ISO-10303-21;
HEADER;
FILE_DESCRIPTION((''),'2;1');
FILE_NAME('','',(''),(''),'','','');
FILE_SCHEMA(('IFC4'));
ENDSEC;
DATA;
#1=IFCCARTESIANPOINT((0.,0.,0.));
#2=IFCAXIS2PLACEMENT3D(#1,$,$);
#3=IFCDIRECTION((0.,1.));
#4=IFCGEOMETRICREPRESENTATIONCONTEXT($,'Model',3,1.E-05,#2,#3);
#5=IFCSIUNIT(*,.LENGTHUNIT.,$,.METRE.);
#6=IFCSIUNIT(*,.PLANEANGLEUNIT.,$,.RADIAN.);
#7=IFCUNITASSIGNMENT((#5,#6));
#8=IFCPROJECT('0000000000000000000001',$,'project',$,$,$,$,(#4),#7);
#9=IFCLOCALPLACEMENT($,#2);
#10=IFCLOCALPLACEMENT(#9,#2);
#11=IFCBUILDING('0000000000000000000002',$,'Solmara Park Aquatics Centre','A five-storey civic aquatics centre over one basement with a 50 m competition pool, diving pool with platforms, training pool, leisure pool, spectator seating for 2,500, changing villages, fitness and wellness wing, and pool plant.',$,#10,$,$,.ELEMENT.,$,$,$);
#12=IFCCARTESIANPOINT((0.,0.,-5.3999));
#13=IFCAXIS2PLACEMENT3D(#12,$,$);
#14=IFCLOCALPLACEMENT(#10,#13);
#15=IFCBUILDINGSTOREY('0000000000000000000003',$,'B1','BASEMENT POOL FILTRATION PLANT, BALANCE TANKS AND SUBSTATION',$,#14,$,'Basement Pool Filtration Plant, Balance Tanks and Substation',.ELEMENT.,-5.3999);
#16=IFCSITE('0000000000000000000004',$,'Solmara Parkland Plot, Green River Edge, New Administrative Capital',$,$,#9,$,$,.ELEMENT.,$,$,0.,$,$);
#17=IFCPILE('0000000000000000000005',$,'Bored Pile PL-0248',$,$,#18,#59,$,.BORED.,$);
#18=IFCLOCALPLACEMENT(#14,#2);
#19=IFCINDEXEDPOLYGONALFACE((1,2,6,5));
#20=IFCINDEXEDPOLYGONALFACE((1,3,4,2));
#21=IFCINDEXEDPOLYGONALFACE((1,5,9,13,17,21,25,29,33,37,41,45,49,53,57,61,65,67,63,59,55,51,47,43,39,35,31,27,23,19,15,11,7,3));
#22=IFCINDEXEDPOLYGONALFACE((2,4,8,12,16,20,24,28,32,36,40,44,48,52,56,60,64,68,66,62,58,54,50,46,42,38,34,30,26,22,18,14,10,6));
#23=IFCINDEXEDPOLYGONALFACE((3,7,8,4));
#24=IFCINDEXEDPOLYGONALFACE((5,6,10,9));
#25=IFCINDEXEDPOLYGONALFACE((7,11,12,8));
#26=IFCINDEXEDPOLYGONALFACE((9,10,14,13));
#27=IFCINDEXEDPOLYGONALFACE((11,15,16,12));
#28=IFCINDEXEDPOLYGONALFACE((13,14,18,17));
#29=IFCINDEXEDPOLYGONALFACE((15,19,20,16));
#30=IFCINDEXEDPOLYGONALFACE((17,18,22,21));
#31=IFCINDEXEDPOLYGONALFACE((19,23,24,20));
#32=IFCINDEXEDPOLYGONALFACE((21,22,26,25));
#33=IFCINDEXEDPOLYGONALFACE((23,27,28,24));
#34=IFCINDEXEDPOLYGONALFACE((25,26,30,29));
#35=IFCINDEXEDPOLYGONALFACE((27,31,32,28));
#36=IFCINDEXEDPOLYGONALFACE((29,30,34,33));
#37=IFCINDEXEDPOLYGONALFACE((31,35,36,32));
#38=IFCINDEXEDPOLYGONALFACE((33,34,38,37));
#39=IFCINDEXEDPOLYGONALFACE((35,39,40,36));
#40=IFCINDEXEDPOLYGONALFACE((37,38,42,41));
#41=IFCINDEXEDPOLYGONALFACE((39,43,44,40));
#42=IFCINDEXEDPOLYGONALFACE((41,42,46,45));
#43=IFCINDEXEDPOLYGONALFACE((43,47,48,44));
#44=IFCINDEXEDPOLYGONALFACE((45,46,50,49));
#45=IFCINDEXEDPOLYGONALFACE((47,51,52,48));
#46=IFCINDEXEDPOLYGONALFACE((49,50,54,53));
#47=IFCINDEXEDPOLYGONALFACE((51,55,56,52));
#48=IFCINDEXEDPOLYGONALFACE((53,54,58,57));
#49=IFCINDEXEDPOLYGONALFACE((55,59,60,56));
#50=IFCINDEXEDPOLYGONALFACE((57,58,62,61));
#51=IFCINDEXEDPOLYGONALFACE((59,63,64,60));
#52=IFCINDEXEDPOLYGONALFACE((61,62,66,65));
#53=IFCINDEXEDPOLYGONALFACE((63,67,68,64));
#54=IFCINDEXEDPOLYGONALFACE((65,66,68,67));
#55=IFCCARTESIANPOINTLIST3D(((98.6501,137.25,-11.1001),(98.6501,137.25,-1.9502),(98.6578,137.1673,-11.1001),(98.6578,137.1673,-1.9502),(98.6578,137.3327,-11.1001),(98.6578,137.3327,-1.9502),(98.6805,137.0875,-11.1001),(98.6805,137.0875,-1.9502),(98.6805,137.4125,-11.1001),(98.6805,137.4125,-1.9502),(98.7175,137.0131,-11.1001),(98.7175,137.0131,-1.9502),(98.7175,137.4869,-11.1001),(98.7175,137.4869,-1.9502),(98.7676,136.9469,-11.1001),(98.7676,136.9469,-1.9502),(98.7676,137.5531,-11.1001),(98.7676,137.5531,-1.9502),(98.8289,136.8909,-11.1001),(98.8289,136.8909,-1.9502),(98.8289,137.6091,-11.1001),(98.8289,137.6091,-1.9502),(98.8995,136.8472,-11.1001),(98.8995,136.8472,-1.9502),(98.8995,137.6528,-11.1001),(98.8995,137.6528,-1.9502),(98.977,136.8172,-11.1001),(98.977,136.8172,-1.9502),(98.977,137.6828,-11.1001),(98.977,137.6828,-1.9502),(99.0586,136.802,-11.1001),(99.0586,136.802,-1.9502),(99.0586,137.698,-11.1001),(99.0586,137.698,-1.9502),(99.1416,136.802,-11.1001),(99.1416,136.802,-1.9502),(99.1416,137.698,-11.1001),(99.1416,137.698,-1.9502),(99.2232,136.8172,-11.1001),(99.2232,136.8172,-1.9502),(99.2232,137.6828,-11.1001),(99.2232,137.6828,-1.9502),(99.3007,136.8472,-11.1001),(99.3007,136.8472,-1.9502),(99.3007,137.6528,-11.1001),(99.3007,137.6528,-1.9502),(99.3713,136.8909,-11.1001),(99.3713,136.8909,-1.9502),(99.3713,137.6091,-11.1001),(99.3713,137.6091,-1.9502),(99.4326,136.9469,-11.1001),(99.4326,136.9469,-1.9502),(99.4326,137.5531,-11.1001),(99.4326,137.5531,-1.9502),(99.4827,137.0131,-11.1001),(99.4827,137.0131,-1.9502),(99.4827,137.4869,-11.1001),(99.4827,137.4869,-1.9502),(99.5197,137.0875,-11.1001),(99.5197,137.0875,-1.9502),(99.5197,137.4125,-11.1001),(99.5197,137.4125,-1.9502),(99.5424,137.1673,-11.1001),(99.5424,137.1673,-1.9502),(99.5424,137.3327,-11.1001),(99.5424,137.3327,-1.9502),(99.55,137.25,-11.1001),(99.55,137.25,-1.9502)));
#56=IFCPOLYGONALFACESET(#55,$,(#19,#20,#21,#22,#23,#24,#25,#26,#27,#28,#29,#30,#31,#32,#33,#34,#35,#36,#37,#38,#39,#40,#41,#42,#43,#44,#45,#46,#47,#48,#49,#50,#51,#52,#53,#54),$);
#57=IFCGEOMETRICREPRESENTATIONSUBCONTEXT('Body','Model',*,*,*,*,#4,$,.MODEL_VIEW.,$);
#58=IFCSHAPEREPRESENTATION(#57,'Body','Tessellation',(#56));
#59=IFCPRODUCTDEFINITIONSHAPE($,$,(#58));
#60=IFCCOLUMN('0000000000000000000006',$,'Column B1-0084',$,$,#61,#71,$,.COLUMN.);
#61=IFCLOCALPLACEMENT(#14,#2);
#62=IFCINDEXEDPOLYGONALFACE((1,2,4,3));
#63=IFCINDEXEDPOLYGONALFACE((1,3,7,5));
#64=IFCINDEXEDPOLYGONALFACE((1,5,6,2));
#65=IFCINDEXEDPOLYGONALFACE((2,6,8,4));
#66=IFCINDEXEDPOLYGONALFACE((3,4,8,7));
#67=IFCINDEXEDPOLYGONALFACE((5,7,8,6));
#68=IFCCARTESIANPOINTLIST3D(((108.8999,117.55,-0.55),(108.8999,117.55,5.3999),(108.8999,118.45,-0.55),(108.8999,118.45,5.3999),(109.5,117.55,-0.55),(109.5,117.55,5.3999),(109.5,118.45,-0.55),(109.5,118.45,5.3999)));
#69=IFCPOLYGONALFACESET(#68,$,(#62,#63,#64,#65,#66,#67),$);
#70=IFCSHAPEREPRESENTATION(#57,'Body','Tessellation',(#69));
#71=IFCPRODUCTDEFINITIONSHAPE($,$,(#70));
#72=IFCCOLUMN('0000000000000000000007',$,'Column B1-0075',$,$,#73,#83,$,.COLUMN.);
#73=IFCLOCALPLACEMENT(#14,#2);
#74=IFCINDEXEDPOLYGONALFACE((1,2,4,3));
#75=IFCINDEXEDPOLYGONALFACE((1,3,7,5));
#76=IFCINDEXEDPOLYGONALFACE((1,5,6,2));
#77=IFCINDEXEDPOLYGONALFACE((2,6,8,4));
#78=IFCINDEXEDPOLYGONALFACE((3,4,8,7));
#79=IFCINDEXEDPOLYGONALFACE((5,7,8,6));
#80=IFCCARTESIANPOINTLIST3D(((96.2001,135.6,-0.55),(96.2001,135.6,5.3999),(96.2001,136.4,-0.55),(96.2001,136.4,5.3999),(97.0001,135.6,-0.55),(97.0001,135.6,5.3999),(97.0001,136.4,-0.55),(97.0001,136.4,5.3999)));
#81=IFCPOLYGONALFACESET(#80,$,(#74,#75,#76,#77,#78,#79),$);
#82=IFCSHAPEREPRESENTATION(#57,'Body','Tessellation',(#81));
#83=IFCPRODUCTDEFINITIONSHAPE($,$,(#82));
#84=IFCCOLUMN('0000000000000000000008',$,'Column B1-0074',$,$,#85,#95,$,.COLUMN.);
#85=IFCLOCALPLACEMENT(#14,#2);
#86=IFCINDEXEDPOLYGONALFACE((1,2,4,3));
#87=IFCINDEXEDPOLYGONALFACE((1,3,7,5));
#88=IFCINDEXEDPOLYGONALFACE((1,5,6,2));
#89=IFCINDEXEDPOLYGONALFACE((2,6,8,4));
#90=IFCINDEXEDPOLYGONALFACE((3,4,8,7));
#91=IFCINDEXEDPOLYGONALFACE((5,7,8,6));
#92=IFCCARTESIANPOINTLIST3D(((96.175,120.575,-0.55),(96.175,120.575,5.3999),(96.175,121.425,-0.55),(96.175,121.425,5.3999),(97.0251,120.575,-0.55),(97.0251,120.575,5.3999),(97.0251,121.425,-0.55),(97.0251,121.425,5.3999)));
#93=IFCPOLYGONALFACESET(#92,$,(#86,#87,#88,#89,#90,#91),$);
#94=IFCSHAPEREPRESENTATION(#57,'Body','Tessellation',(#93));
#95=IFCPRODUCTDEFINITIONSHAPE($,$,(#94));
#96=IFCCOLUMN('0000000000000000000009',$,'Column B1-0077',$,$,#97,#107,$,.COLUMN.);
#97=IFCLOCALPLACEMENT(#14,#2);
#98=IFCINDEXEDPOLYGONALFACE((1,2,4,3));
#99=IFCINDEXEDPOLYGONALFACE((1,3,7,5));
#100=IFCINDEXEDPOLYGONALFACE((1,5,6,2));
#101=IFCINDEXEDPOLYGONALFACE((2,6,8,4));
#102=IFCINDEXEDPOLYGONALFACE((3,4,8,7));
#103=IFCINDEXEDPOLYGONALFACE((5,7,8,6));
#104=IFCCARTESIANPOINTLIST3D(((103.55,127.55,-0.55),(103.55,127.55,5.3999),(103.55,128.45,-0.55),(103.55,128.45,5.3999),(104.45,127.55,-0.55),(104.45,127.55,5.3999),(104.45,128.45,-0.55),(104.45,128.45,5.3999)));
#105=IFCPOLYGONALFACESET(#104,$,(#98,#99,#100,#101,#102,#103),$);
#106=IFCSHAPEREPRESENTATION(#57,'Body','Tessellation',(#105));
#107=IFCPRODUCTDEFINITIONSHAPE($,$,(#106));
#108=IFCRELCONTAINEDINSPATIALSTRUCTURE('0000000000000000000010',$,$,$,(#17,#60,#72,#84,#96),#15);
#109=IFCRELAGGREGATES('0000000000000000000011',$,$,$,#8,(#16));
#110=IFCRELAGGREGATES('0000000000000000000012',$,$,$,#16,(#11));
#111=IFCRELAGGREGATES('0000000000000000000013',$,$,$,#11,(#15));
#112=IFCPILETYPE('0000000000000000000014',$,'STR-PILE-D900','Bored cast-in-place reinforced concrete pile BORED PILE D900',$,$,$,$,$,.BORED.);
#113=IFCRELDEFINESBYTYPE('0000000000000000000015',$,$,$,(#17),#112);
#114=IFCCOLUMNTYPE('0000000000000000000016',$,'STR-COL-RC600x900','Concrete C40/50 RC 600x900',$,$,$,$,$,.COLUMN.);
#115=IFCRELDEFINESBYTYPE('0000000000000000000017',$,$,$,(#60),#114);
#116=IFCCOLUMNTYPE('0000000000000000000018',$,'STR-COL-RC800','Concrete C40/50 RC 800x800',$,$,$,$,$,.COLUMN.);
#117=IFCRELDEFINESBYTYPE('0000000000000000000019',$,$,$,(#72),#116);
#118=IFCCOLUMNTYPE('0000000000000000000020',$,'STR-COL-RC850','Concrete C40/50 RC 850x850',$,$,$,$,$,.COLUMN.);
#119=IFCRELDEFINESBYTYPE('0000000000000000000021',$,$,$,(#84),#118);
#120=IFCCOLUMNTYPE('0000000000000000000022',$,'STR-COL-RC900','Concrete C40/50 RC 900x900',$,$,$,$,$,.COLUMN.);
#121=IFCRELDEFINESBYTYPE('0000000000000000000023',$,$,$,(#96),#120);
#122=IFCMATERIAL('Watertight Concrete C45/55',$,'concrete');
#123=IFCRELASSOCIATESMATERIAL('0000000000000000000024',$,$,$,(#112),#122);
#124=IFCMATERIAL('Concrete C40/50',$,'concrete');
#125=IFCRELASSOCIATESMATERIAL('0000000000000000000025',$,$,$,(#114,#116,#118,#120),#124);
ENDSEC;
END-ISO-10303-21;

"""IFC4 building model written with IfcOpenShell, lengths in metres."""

from ifc_helpers import new_model, si_unit, direction, frame, origin, origin_2d, place, context, subcontext, project, spatial, rectangle, circle, extrude, material, material_profile, profile_set, type_object, element, save


model = new_model("IFC4")

# Units and contexts
model_context = context("Model", 3, precision=1e-05, world=origin(), true_north=direction((0.0, 1.0)))
body_context = subcontext(model_context, "Body", "Model", "MODEL_VIEW")
ifc_project = project(units=[si_unit("LENGTHUNIT", "METRE"), si_unit("PLANEANGLEUNIT", "RADIAN")], contexts=[model_context])

# Site, building, storey
site_placement = place(None, origin())
site = spatial("IfcSite", under=ifc_project, at=site_placement, Name="Solmara Parkland Plot, Green River Edge, New Administrative Capital", CompositionType="ELEMENT", RefElevation=0.0)
building_placement = place(site_placement, origin())
building = spatial("IfcBuilding", under=site, at=building_placement, Name="Solmara Park Aquatics Centre", Description="A five-storey civic aquatics centre over one basement with a 50 m competition pool, diving pool with platforms, training pool, leisure pool, spectator seating for 2,500, changing villages, fitness and wellness wing, and pool plant.", CompositionType="ELEMENT")
storey_placement = place(building_placement, frame((0.0, 0.0, -5.3999)))
storey = spatial("IfcBuildingStorey", under=building, at=storey_placement, Name="B1", Description="BASEMENT POOL FILTRATION PLANT, BALANCE TANKS AND SUBSTATION", LongName="Basement Pool Filtration Plant, Balance Tanks and Substation", CompositionType="ELEMENT", Elevation=-5.3999)

# Shared definitions
ifc_material_1 = material(Name="Watertight Concrete C45/55", Category="concrete")

# Pile
ifc_material_profile_1 = material_profile(ifc_material_1, circle(Radius=0.45, at=origin_2d()), Name="BORED PILE D900")
ifc_profile_set_1 = profile_set([ifc_material_profile_1], Name="Watertight Concrete C45/55")
pile_type_1 = type_object("IfcPileType", Name="STR-PILE-D900", Description="Bored cast-in-place reinforced concrete pile BORED PILE D900", PredefinedType="BORED", material=ifc_profile_set_1)
for number, where, z_axis, x_axis, name in (
    (1, (99.1001, 137.25, -1.9502), (0.0, 0.0, -1.0), (1.0, 0.0, 0.0), "Bored Pile PL-0248"),
):
    element("IfcPile", number, at=place(storey_placement, frame(where, z_axis=z_axis, x_axis=x_axis)), inside=storey, type_object=pile_type_1, Name=name, PredefinedType="BORED", context=body_context, shape_type="SweptSolid", body=[
        extrude(circle(Radius=0.45, at=origin_2d()), origin(), (0.0, 0.0, 1.0), 9.1499),
    ])

# Columns
ifc_material_2 = material(Name="Concrete C40/50", Category="concrete")
ifc_material_profile_2 = material_profile(ifc_material_2, rectangle(XDim=0.6001, YDim=0.8999, at=origin_2d()), Name="RC 600x900")
ifc_profile_set_2 = profile_set([ifc_material_profile_2], Name="Concrete C40/50")
column_type_1 = type_object("IfcColumnType", Name="STR-COL-RC600x900", Description="Concrete C40/50 RC 600x900", PredefinedType="COLUMN", material=ifc_profile_set_2)
column_1_placement = place(storey_placement, frame((109.2, 118.0, -0.55), z_axis=(0.0, 0.0, 1.0), x_axis=(1.0, 0.0, 0.0)))
element("IfcColumn", 2, at=column_1_placement, inside=storey, type_object=column_type_1, Name="Column B1-0084", PredefinedType="COLUMN", context=body_context, shape_type="SweptSolid", body=[
    extrude(rectangle(XDim=0.6001, YDim=0.8999, at=origin_2d()), origin(), (0.0, 0.0, 1.0), 5.95),
])
ifc_material_profile_3 = material_profile(ifc_material_2, rectangle(XDim=0.8, YDim=0.8, at=origin_2d()), Name="RC 800x800")
ifc_profile_set_3 = profile_set([ifc_material_profile_3], Name="Concrete C40/50")
column_type_2 = type_object("IfcColumnType", Name="STR-COL-RC800", Description="Concrete C40/50 RC 800x800", PredefinedType="COLUMN", material=ifc_profile_set_3)
column_2_placement = place(storey_placement, frame((96.6001, 136.0, -0.55), z_axis=(0.0, 0.0, 1.0), x_axis=(1.0, 0.0, 0.0)))
element("IfcColumn", 3, at=column_2_placement, inside=storey, type_object=column_type_2, Name="Column B1-0075", PredefinedType="COLUMN", context=body_context, shape_type="SweptSolid", body=[
    extrude(rectangle(XDim=0.8, YDim=0.8, at=origin_2d()), origin(), (0.0, 0.0, 1.0), 5.95),
])
ifc_material_profile_4 = material_profile(ifc_material_2, rectangle(XDim=0.8501, YDim=0.8501, at=origin_2d()), Name="RC 850x850")
ifc_profile_set_4 = profile_set([ifc_material_profile_4], Name="Concrete C40/50")
column_type_3 = type_object("IfcColumnType", Name="STR-COL-RC850", Description="Concrete C40/50 RC 850x850", PredefinedType="COLUMN", material=ifc_profile_set_4)
column_3_placement = place(storey_placement, frame((96.6001, 121.0, -0.55), z_axis=(0.0, 0.0, 1.0), x_axis=(1.0, 0.0, 0.0)))
element("IfcColumn", 4, at=column_3_placement, inside=storey, type_object=column_type_3, Name="Column B1-0074", PredefinedType="COLUMN", context=body_context, shape_type="SweptSolid", body=[
    extrude(rectangle(XDim=0.8501, YDim=0.8501, at=origin_2d()), origin(), (0.0, 0.0, 1.0), 5.95),
])
ifc_material_profile_5 = material_profile(ifc_material_2, rectangle(XDim=0.8999, YDim=0.8999, at=origin_2d()), Name="RC 900x900")
ifc_profile_set_5 = profile_set([ifc_material_profile_5], Name="Concrete C40/50")
column_type_4 = type_object("IfcColumnType", Name="STR-COL-RC900", Description="Concrete C40/50 RC 900x900", PredefinedType="COLUMN", material=ifc_profile_set_5)
column_4_placement = place(storey_placement, frame((104.0, 128.0, -0.55), z_axis=(0.0, 0.0, 1.0), x_axis=(1.0, 0.0, 0.0)))
element("IfcColumn", 5, at=column_4_placement, inside=storey, type_object=column_type_4, Name="Column B1-0077", PredefinedType="COLUMN", context=body_context, shape_type="SweptSolid", body=[
    extrude(rectangle(XDim=0.8999, YDim=0.8999, at=origin_2d()), origin(), (0.0, 0.0, 1.0), 5.95),
])

save(model, "model.ifc")
